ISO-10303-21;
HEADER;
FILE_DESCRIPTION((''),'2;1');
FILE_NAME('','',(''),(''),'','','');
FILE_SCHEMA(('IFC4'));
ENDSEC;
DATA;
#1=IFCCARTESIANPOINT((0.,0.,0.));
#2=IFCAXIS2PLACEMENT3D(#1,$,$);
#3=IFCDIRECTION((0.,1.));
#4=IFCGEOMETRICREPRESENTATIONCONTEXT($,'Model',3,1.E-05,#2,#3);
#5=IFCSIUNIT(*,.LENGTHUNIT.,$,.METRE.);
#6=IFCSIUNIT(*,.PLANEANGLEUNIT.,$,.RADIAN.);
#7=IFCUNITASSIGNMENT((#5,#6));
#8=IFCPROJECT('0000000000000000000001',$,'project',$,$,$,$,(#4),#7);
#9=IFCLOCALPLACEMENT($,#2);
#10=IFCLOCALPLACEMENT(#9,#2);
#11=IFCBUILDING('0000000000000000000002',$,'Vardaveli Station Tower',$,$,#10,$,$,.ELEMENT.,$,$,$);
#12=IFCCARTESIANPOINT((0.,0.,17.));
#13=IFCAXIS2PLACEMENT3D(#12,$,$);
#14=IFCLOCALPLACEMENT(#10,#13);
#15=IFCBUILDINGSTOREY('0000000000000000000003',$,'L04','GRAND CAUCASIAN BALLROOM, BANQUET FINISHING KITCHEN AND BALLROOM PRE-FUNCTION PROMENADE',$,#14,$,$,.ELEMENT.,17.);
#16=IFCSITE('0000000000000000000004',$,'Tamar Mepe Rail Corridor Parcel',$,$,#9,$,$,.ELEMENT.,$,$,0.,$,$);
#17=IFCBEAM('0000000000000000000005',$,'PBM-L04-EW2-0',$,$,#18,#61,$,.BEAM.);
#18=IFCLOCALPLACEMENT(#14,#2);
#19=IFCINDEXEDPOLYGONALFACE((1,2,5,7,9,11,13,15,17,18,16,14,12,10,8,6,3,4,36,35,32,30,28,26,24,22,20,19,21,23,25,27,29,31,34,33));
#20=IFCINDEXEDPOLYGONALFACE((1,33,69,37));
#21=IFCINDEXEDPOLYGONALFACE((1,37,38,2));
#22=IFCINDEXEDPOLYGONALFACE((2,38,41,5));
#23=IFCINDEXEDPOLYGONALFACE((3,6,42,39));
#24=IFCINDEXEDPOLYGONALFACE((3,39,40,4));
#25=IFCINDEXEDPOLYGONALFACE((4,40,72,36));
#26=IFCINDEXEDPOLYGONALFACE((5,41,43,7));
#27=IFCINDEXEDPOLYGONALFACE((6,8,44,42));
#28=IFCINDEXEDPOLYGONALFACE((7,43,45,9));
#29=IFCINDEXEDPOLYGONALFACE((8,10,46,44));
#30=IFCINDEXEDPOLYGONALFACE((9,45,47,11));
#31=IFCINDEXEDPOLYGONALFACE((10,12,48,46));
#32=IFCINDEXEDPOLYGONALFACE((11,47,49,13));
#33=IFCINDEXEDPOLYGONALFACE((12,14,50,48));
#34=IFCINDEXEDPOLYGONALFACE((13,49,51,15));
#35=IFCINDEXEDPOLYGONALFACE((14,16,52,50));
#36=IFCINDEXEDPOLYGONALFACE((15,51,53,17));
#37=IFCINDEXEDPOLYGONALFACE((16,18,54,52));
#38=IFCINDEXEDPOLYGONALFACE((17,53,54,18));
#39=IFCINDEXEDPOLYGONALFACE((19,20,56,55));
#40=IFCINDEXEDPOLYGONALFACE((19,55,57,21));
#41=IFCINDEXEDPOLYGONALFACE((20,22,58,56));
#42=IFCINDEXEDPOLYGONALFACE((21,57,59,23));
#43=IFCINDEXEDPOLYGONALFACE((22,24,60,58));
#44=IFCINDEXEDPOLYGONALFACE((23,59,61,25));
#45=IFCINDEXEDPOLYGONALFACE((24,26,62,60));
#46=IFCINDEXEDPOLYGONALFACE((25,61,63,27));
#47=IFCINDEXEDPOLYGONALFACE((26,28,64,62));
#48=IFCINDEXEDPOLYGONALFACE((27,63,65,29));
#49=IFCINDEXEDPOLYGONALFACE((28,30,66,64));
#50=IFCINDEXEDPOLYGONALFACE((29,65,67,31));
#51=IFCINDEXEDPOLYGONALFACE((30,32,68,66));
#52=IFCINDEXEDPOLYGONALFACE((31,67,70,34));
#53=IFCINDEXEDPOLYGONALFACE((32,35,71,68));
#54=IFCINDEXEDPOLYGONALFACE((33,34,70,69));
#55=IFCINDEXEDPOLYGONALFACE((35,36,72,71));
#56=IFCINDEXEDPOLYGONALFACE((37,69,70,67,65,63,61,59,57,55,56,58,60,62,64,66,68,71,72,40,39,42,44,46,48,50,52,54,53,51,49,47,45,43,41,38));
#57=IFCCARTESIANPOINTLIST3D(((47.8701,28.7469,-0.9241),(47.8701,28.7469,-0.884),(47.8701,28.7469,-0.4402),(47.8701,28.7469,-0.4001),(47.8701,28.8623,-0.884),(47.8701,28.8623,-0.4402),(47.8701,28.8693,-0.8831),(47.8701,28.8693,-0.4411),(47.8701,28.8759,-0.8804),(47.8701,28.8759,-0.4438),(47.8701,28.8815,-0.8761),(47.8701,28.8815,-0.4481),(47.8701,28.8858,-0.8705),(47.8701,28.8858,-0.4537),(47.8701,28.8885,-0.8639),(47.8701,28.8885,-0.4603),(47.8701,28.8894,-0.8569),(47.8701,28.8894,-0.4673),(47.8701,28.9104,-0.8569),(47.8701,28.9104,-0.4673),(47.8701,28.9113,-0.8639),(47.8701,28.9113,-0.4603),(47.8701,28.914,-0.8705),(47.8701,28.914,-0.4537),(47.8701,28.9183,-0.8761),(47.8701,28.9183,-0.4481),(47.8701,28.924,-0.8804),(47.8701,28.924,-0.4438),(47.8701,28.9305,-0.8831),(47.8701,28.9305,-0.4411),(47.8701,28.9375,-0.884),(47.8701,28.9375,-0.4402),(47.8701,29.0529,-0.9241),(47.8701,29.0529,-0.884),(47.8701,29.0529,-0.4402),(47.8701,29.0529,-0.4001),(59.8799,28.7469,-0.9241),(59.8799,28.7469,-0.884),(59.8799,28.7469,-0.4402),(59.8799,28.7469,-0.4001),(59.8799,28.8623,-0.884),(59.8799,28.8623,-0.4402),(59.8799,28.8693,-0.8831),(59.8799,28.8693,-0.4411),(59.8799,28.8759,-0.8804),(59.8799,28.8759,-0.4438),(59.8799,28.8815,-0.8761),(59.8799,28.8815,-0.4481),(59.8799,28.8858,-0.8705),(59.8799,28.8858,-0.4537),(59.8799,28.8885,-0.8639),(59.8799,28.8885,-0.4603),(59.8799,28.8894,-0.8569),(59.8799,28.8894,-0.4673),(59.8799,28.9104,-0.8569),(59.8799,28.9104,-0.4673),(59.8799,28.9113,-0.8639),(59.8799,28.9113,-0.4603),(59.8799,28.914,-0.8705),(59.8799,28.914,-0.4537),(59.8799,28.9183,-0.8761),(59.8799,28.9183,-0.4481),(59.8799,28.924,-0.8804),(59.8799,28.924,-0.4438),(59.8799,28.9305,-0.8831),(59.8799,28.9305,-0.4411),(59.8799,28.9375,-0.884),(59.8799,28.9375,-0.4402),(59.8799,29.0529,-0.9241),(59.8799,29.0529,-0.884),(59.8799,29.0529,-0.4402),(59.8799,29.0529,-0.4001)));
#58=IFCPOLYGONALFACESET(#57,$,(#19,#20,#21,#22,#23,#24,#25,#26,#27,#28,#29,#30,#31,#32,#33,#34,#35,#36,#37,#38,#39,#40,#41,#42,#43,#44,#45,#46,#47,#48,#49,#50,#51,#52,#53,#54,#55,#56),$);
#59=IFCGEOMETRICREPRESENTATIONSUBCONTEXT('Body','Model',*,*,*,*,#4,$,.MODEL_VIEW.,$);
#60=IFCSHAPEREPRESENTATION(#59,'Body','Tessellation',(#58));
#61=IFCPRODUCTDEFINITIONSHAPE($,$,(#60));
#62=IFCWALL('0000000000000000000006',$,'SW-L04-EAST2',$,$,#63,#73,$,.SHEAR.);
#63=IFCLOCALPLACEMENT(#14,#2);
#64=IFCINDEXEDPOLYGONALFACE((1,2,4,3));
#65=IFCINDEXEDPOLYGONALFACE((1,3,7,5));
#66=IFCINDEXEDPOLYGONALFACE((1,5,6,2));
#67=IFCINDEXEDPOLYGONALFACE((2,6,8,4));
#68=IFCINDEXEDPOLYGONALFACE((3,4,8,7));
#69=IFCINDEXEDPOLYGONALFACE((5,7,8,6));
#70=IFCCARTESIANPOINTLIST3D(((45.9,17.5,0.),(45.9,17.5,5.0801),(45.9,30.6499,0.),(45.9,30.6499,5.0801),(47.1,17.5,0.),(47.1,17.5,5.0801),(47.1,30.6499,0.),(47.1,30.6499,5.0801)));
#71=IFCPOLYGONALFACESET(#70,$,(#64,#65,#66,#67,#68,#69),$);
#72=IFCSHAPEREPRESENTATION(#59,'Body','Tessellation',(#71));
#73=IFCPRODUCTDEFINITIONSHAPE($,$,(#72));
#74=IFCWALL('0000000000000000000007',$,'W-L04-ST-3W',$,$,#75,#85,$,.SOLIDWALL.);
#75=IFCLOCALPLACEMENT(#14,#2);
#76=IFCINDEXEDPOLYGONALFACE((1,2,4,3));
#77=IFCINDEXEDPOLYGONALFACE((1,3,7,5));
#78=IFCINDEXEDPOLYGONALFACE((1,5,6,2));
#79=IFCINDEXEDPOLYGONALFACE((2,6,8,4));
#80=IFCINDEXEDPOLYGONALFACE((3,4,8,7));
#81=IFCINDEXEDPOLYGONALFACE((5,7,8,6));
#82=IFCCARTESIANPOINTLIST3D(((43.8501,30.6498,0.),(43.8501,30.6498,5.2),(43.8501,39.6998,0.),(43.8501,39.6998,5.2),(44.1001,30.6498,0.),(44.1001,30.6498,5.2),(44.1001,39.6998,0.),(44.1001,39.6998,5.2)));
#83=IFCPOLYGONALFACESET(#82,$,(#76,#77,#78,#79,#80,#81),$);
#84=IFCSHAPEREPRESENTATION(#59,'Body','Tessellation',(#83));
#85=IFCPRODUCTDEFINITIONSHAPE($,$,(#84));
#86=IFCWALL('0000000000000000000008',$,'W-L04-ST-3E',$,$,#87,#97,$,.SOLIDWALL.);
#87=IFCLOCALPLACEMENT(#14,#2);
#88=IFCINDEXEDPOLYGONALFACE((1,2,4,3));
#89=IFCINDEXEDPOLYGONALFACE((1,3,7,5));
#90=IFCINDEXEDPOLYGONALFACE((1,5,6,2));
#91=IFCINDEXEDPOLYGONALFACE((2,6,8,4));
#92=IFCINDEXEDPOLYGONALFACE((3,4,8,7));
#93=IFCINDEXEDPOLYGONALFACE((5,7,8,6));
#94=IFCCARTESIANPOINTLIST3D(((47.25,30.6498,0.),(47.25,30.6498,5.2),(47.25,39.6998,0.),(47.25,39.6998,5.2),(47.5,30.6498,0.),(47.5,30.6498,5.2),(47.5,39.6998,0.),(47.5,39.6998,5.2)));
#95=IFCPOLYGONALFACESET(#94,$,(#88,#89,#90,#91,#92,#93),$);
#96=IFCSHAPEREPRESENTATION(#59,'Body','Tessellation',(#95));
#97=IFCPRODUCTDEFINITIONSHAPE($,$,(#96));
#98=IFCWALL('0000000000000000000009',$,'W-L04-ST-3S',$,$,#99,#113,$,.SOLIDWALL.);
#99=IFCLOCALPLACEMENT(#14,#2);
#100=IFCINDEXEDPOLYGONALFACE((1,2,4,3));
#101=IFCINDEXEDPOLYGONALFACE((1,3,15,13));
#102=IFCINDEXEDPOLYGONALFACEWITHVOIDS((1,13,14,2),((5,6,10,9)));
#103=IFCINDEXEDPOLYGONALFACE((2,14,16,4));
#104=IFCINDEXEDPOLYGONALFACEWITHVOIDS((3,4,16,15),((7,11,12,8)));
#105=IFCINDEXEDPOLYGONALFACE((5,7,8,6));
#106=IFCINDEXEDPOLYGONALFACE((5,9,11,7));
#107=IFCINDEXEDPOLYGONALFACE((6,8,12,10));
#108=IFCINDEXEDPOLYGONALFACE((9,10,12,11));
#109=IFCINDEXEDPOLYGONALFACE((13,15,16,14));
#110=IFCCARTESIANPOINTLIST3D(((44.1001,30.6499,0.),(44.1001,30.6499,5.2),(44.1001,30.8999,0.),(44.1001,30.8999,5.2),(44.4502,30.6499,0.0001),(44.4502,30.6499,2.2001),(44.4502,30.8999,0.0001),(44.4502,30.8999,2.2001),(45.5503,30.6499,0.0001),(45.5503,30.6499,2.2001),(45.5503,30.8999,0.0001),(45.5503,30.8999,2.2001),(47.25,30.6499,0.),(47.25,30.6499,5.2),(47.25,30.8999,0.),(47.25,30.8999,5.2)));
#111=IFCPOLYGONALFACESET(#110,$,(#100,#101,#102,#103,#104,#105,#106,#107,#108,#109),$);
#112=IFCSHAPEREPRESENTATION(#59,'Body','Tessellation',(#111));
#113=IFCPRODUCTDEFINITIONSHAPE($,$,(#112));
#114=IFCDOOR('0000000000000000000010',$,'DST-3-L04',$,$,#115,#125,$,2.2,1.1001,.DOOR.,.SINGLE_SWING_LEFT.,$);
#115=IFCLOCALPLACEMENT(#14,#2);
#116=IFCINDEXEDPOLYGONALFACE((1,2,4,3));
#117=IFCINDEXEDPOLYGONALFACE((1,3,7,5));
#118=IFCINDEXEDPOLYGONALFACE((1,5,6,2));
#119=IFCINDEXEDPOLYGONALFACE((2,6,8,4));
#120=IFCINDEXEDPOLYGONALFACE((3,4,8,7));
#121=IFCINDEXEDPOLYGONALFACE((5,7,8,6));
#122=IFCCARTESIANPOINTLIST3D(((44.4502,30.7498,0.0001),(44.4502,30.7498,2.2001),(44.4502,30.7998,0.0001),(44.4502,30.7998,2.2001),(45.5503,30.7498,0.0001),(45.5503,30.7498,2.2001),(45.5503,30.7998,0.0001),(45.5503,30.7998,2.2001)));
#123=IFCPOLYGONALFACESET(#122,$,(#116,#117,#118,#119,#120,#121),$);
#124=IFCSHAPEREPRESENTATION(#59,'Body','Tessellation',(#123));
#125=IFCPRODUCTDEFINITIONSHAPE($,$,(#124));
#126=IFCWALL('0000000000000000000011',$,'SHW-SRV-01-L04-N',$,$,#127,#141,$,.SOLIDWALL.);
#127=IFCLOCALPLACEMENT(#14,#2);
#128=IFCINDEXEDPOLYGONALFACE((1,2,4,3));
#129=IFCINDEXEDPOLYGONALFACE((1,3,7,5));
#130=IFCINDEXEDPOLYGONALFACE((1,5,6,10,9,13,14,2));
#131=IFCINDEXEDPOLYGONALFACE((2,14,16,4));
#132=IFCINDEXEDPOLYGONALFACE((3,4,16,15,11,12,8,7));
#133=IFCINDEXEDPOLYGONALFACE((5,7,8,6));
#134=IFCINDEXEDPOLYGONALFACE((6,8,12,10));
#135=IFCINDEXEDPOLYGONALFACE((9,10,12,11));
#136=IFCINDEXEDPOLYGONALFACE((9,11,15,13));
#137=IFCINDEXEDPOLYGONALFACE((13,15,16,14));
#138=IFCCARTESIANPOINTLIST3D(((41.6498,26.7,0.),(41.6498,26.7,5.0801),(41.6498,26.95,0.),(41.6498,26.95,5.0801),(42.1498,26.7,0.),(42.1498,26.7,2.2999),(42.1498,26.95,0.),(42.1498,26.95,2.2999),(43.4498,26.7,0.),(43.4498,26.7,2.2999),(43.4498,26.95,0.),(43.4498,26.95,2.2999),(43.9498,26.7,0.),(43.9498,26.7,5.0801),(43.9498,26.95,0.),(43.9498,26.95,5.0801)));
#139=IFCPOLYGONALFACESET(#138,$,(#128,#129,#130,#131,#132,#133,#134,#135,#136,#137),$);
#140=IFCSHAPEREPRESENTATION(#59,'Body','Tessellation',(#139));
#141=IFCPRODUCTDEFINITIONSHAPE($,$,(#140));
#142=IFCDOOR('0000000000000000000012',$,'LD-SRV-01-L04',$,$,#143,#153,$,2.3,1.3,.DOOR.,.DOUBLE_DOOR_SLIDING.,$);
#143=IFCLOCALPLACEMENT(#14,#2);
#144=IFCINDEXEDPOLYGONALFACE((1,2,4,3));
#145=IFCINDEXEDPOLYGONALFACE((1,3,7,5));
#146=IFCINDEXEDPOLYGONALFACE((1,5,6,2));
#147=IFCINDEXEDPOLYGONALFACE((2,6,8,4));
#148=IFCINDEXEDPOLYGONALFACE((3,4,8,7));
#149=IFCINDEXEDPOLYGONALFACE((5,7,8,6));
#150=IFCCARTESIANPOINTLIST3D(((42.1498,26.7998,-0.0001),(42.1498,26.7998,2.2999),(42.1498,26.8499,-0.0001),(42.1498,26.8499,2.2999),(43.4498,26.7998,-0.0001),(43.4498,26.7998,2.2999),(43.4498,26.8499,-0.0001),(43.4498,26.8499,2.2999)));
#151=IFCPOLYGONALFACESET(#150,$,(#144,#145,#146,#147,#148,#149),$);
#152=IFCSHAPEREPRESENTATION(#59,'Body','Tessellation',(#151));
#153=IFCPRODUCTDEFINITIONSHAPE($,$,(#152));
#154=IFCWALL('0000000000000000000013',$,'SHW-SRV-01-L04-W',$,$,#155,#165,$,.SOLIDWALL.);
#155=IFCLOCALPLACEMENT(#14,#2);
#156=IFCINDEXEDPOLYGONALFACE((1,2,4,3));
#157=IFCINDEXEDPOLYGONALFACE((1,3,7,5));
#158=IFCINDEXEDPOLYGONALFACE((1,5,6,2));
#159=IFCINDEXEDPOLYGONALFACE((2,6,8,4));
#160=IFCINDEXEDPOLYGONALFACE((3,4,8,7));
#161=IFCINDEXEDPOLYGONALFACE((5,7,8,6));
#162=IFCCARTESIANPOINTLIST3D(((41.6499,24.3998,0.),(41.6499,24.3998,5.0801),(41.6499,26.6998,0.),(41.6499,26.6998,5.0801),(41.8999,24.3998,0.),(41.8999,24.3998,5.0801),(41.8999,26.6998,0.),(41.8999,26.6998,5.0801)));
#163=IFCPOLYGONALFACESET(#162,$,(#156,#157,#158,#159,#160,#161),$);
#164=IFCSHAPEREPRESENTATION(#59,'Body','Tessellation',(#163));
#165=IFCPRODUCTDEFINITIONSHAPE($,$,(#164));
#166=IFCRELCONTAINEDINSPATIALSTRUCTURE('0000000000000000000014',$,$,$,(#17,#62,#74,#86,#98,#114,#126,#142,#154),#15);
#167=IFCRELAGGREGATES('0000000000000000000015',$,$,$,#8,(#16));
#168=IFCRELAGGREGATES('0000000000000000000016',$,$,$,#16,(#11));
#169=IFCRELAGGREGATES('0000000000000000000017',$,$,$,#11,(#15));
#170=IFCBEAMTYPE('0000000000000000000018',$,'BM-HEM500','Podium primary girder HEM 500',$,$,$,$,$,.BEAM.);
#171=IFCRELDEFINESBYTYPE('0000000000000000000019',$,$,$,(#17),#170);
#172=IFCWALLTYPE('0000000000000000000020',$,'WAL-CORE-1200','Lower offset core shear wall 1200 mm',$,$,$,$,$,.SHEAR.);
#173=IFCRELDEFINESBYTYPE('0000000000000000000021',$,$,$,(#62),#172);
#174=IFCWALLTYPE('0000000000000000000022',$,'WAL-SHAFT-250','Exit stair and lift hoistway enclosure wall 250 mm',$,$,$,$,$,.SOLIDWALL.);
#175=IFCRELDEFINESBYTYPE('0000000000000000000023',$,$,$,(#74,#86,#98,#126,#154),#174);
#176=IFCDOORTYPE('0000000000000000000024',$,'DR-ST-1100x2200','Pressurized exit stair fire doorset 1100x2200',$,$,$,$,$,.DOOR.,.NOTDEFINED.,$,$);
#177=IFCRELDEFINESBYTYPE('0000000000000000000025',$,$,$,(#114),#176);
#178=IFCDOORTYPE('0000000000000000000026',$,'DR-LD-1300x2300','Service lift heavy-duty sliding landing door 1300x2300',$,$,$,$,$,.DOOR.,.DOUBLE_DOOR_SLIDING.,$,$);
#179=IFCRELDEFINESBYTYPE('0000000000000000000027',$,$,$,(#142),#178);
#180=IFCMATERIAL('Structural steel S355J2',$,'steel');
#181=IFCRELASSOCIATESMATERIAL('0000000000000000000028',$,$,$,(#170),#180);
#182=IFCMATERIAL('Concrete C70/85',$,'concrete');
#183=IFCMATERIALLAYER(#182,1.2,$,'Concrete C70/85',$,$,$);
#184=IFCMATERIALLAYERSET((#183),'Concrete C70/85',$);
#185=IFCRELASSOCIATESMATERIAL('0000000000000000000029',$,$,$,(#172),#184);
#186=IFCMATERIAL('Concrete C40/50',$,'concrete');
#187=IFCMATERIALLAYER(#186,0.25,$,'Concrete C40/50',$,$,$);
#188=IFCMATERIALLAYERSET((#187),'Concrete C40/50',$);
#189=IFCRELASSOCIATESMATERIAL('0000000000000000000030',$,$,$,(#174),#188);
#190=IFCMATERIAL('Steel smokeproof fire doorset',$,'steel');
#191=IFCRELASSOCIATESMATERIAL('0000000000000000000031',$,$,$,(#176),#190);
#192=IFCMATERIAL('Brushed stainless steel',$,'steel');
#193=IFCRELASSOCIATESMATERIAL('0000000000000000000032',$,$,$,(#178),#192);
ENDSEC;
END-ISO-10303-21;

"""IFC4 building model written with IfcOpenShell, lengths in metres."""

from ifc_helpers import new_model, si_unit, direction, frame, frame_2d, origin, origin_2d, place, context, subcontext, project, spatial, rectangle, i_section, extrude, source, transform, mapped, material, layer, layer_set, material_profile, profile_set, type_object, element, fill, save


model = new_model("IFC4")

# Units and contexts
model_context = context("Model", 3, precision=1e-05, world=origin(), true_north=direction((0.0, 1.0)))
body_context = subcontext(model_context, "Body", "Model", "MODEL_VIEW")
ifc_project = project(units=[si_unit("LENGTHUNIT", "METRE"), si_unit("PLANEANGLEUNIT", "RADIAN")], contexts=[model_context])

# Site, building, storey
site_placement = place(None, origin())
site = spatial("IfcSite", under=ifc_project, at=site_placement, Name="Tamar Mepe Rail Corridor Parcel", CompositionType="ELEMENT", RefElevation=0.0)
building_placement = place(site_placement, origin())
building = spatial("IfcBuilding", under=site, at=building_placement, Name="Vardaveli Station Tower", CompositionType="ELEMENT")
storey_placement = place(building_placement, frame((0.0, 0.0, 17.0)))
storey = spatial("IfcBuildingStorey", under=building, at=storey_placement, Name="L04", Description="GRAND CAUCASIAN BALLROOM, BANQUET FINISHING KITCHEN AND BALLROOM PRE-FUNCTION PROMENADE", CompositionType="ELEMENT", Elevation=17.0)

# Beam
ifc_material_1 = material(Name="Structural steel S355J2", Category="steel")
ifc_material_profile_1 = material_profile(ifc_material_1, i_section(OverallWidth=0.3059, OverallDepth=0.5239, WebThickness=0.021, FlangeThickness=0.04, FilletRadius=0.0271, at=origin_2d()), Name="HEM 500")
ifc_profile_set_1 = profile_set([ifc_material_profile_1], Name="Structural steel S355J2")
beam_type = type_object("IfcBeamType", Name="BM-HEM500", Description="Podium primary girder HEM 500", PredefinedType="BEAM", material=ifc_profile_set_1)
shared_shape_1 = source(origin(), body_context, "Body", "SweptSolid", [
    extrude(i_section(OverallWidth=0.3059, OverallDepth=0.5239, WebThickness=0.021, FlangeThickness=0.04, FilletRadius=0.0271, at=origin_2d()), origin(), (0.0, 0.0, 1.0), 12.0098),
])
for number, where, z_axis, x_axis, name in (
    (1, (47.8701, 28.8999, -0.6621), (1.0, 0.0, 0.0), (0.0, 1.0, 0.0), "PBM-L04-EW2-0"),
):
    element("IfcBeam", number, at=place(storey_placement, frame(where, z_axis=z_axis, x_axis=x_axis)), inside=storey, type_object=beam_type, Name=name, PredefinedType="BEAM", context=body_context, shape_type="MappedRepresentation", body=[
        mapped(shared_shape_1, transform((0.0, 0.0, 0.0), scale=1.0)),
    ])

# Walls
ifc_material_2 = material(Name="Concrete C70/85", Category="concrete")
ifc_layer_1 = layer(ifc_material_2, 1.2, Name="Concrete C70/85")
ifc_layer_set_1 = layer_set([ifc_layer_1], Name="Concrete C70/85")
wall_type_1 = type_object("IfcWallType", Name="WAL-CORE-1200", Description="Lower offset core shear wall 1200 mm", PredefinedType="SHEAR", material=ifc_layer_set_1)
shared_shape_2 = source(origin(), body_context, "Body", "SweptSolid", [
    extrude(rectangle(XDim=13.1499, YDim=1.2, at=frame_2d((6.575, 0.0))), origin(), (0.0, 0.0, 1.0), 5.0801),
])
wall_1_placement = place(storey_placement, frame((46.5, 17.5, 0.0), z_axis=(0.0, 0.0, 1.0), x_axis=(0.0, 1.0, 0.0)))
element("IfcWall", 2, at=wall_1_placement, inside=storey, type_object=wall_type_1, Name="SW-L04-EAST2", PredefinedType="SHEAR", context=body_context, shape_type="MappedRepresentation", body=[
    mapped(shared_shape_2, transform((0.0, 0.0, 0.0), scale=1.0)),
])
ifc_material_3 = material(Name="Concrete C40/50", Category="concrete")
ifc_layer_2 = layer(ifc_material_3, 0.25, Name="Concrete C40/50")
ifc_layer_set_2 = layer_set([ifc_layer_2], Name="Concrete C40/50")
wall_type_2 = type_object("IfcWallType", Name="WAL-SHAFT-250", Description="Exit stair and lift hoistway enclosure wall 250 mm", PredefinedType="SOLIDWALL", material=ifc_layer_set_2)
shared_shape_3 = source(origin(), body_context, "Body", "SweptSolid", [
    extrude(rectangle(XDim=9.05, YDim=0.25, at=frame_2d((4.5249, 0.0))), origin(), (0.0, 0.0, 1.0), 5.2),
])
for number, where, z_axis, x_axis, name in (
    (3, (43.9751, 30.6499, 0.0), (0.0, 0.0, 1.0), (0.0, 1.0, 0.0), "W-L04-ST-3W"),
    (4, (47.375, 30.6499, 0.0), (0.0, 0.0, 1.0), (0.0, 1.0, 0.0), "W-L04-ST-3E"),
):
    element("IfcWall", number, at=place(storey_placement, frame(where, z_axis=z_axis, x_axis=x_axis)), inside=storey, type_object=wall_type_2, Name=name, PredefinedType="SOLIDWALL", context=body_context, shape_type="MappedRepresentation", body=[
        mapped(shared_shape_3, transform((0.0, 0.0, 0.0), scale=1.0)),
    ])

# Walls, openings, doors
shared_shape_4 = source(origin(), body_context, "Body", "SweptSolid", [
    extrude(rectangle(XDim=3.1499, YDim=0.25, at=frame_2d((1.575, 0.0))), origin(), (0.0, 0.0, 1.0), 5.2),
])
wall_2_placement = place(storey_placement, frame((44.1001, 30.7749, 0.0), z_axis=(0.0, 0.0, 1.0), x_axis=(1.0, 0.0, 0.0)))
wall_2 = element("IfcWall", 5, at=wall_2_placement, inside=storey, type_object=wall_type_2, Name="W-L04-ST-3S", PredefinedType="SOLIDWALL", context=body_context, shape_type="MappedRepresentation", body=[
    mapped(shared_shape_4, transform((0.0, 0.0, 0.0), scale=1.0)),
])
shared_shape_5 = source(origin(), body_context, "Body", "SweptSolid", [
    extrude(rectangle(XDim=1.1001, YDim=2.2, at=frame_2d((0.55, 1.1001))), frame((0.0, 0.135, 0.0), z_axis=(0.0, -1.0, 0.0), x_axis=(1.0, 0.0, 0.0)), (0.0, 0.0, 1.0), 0.27),
])
opening_1_placement = place(wall_2_placement, frame((0.3501, 0.0, 0.0)))
opening_1 = element("IfcOpeningElement", 6, at=opening_1_placement, cuts=wall_2, PredefinedType="OPENING", context=body_context, shape_type="MappedRepresentation", body=[
    mapped(shared_shape_5, transform((0.0, 0.0, 0.0), scale=1.0)),
])
ifc_material_4 = material(Name="Steel smokeproof fire doorset", Category="steel")
door_type_1 = type_object("IfcDoorType", Name="DR-ST-1100x2200", Description="Pressurized exit stair fire doorset 1100x2200", OperationType="NOTDEFINED", PredefinedType="DOOR", material=ifc_material_4)
shared_shape_6 = source(origin(), body_context, "Body", "SweptSolid", [
    extrude(rectangle(XDim=1.1001, YDim=2.2, at=frame_2d((0.55, 1.1001))), frame((0.0, 0.0249, 0.0), z_axis=(0.0, -1.0, 0.0), x_axis=(1.0, 0.0, 0.0)), (0.0, 0.0, 1.0), 0.05),
])
door_1_placement = place(opening_1_placement, origin())
door_1 = element("IfcDoor", 7, at=door_1_placement, inside=storey, type_object=door_type_1, Name="DST-3-L04", OperationType="SINGLE_SWING_LEFT", OverallHeight=2.2, OverallWidth=1.1001, PredefinedType="DOOR", context=body_context, shape_type="MappedRepresentation", body=[
    mapped(shared_shape_6, transform((0.0, 0.0, 0.0), scale=1.0)),
])
fill(opening_1, door_1)
shared_shape_7 = source(origin(), body_context, "Body", "SweptSolid", [
    extrude(rectangle(XDim=2.3, YDim=0.25, at=frame_2d((1.1499, 0.0))), origin(), (0.0, 0.0, 1.0), 5.0801),
])
wall_3_placement = place(storey_placement, frame((41.6499, 26.825, 0.0), z_axis=(0.0, 0.0, 1.0), x_axis=(1.0, 0.0, 0.0)))
wall_3 = element("IfcWall", 8, at=wall_3_placement, inside=storey, type_object=wall_type_2, Name="SHW-SRV-01-L04-N", PredefinedType="SOLIDWALL", context=body_context, shape_type="MappedRepresentation", body=[
    mapped(shared_shape_7, transform((0.0, 0.0, 0.0), scale=1.0)),
])
shared_shape_8 = source(origin(), body_context, "Body", "SweptSolid", [
    extrude(rectangle(XDim=1.3, YDim=2.3, at=frame_2d((0.6499, 1.1499))), frame((0.0, 0.135, 0.0), z_axis=(0.0, -1.0, 0.0), x_axis=(1.0, 0.0, 0.0)), (0.0, 0.0, 1.0), 0.27),
])
opening_2_placement = place(wall_3_placement, frame((0.5, 0.0, 0.0)))
opening_2 = element("IfcOpeningElement", 9, at=opening_2_placement, cuts=wall_3, PredefinedType="OPENING", context=body_context, shape_type="MappedRepresentation", body=[
    mapped(shared_shape_8, transform((0.0, 0.0, 0.0), scale=1.0)),
])
ifc_material_5 = material(Name="Brushed stainless steel", Category="steel")
door_type_2 = type_object("IfcDoorType", Name="DR-LD-1300x2300", Description="Service lift heavy-duty sliding landing door 1300x2300", OperationType="DOUBLE_DOOR_SLIDING", PredefinedType="DOOR", material=ifc_material_5)
shared_shape_9 = source(origin(), body_context, "Body", "SweptSolid", [
    extrude(rectangle(XDim=1.3, YDim=2.3, at=frame_2d((0.6499, 1.1499))), frame((0.0, 0.0249, 0.0), z_axis=(0.0, -1.0, 0.0), x_axis=(1.0, 0.0, 0.0)), (0.0, 0.0, 1.0), 0.05),
])
door_2_placement = place(opening_2_placement, origin())
door_2 = element("IfcDoor", 10, at=door_2_placement, inside=storey, type_object=door_type_2, Name="LD-SRV-01-L04", OperationType="DOUBLE_DOOR_SLIDING", OverallHeight=2.3, OverallWidth=1.3, PredefinedType="DOOR", context=body_context, shape_type="MappedRepresentation", body=[
    mapped(shared_shape_9, transform((0.0, 0.0, 0.0), scale=1.0)),
])
fill(opening_2, door_2)

# Wall
for number, where, z_axis, x_axis, name in (
    (11, (41.7749, 24.3999, 0.0), (0.0, 0.0, 1.0), (0.0, 1.0, 0.0), "SHW-SRV-01-L04-W"),
):
    element("IfcWall", number, at=place(storey_placement, frame(where, z_axis=z_axis, x_axis=x_axis)), inside=storey, type_object=wall_type_2, Name=name, PredefinedType="SOLIDWALL", context=body_context, shape_type="MappedRepresentation", body=[
        mapped(shared_shape_7, transform((0.0, 0.0, 0.0), scale=1.0)),
    ])

save(model, "model.ifc")
